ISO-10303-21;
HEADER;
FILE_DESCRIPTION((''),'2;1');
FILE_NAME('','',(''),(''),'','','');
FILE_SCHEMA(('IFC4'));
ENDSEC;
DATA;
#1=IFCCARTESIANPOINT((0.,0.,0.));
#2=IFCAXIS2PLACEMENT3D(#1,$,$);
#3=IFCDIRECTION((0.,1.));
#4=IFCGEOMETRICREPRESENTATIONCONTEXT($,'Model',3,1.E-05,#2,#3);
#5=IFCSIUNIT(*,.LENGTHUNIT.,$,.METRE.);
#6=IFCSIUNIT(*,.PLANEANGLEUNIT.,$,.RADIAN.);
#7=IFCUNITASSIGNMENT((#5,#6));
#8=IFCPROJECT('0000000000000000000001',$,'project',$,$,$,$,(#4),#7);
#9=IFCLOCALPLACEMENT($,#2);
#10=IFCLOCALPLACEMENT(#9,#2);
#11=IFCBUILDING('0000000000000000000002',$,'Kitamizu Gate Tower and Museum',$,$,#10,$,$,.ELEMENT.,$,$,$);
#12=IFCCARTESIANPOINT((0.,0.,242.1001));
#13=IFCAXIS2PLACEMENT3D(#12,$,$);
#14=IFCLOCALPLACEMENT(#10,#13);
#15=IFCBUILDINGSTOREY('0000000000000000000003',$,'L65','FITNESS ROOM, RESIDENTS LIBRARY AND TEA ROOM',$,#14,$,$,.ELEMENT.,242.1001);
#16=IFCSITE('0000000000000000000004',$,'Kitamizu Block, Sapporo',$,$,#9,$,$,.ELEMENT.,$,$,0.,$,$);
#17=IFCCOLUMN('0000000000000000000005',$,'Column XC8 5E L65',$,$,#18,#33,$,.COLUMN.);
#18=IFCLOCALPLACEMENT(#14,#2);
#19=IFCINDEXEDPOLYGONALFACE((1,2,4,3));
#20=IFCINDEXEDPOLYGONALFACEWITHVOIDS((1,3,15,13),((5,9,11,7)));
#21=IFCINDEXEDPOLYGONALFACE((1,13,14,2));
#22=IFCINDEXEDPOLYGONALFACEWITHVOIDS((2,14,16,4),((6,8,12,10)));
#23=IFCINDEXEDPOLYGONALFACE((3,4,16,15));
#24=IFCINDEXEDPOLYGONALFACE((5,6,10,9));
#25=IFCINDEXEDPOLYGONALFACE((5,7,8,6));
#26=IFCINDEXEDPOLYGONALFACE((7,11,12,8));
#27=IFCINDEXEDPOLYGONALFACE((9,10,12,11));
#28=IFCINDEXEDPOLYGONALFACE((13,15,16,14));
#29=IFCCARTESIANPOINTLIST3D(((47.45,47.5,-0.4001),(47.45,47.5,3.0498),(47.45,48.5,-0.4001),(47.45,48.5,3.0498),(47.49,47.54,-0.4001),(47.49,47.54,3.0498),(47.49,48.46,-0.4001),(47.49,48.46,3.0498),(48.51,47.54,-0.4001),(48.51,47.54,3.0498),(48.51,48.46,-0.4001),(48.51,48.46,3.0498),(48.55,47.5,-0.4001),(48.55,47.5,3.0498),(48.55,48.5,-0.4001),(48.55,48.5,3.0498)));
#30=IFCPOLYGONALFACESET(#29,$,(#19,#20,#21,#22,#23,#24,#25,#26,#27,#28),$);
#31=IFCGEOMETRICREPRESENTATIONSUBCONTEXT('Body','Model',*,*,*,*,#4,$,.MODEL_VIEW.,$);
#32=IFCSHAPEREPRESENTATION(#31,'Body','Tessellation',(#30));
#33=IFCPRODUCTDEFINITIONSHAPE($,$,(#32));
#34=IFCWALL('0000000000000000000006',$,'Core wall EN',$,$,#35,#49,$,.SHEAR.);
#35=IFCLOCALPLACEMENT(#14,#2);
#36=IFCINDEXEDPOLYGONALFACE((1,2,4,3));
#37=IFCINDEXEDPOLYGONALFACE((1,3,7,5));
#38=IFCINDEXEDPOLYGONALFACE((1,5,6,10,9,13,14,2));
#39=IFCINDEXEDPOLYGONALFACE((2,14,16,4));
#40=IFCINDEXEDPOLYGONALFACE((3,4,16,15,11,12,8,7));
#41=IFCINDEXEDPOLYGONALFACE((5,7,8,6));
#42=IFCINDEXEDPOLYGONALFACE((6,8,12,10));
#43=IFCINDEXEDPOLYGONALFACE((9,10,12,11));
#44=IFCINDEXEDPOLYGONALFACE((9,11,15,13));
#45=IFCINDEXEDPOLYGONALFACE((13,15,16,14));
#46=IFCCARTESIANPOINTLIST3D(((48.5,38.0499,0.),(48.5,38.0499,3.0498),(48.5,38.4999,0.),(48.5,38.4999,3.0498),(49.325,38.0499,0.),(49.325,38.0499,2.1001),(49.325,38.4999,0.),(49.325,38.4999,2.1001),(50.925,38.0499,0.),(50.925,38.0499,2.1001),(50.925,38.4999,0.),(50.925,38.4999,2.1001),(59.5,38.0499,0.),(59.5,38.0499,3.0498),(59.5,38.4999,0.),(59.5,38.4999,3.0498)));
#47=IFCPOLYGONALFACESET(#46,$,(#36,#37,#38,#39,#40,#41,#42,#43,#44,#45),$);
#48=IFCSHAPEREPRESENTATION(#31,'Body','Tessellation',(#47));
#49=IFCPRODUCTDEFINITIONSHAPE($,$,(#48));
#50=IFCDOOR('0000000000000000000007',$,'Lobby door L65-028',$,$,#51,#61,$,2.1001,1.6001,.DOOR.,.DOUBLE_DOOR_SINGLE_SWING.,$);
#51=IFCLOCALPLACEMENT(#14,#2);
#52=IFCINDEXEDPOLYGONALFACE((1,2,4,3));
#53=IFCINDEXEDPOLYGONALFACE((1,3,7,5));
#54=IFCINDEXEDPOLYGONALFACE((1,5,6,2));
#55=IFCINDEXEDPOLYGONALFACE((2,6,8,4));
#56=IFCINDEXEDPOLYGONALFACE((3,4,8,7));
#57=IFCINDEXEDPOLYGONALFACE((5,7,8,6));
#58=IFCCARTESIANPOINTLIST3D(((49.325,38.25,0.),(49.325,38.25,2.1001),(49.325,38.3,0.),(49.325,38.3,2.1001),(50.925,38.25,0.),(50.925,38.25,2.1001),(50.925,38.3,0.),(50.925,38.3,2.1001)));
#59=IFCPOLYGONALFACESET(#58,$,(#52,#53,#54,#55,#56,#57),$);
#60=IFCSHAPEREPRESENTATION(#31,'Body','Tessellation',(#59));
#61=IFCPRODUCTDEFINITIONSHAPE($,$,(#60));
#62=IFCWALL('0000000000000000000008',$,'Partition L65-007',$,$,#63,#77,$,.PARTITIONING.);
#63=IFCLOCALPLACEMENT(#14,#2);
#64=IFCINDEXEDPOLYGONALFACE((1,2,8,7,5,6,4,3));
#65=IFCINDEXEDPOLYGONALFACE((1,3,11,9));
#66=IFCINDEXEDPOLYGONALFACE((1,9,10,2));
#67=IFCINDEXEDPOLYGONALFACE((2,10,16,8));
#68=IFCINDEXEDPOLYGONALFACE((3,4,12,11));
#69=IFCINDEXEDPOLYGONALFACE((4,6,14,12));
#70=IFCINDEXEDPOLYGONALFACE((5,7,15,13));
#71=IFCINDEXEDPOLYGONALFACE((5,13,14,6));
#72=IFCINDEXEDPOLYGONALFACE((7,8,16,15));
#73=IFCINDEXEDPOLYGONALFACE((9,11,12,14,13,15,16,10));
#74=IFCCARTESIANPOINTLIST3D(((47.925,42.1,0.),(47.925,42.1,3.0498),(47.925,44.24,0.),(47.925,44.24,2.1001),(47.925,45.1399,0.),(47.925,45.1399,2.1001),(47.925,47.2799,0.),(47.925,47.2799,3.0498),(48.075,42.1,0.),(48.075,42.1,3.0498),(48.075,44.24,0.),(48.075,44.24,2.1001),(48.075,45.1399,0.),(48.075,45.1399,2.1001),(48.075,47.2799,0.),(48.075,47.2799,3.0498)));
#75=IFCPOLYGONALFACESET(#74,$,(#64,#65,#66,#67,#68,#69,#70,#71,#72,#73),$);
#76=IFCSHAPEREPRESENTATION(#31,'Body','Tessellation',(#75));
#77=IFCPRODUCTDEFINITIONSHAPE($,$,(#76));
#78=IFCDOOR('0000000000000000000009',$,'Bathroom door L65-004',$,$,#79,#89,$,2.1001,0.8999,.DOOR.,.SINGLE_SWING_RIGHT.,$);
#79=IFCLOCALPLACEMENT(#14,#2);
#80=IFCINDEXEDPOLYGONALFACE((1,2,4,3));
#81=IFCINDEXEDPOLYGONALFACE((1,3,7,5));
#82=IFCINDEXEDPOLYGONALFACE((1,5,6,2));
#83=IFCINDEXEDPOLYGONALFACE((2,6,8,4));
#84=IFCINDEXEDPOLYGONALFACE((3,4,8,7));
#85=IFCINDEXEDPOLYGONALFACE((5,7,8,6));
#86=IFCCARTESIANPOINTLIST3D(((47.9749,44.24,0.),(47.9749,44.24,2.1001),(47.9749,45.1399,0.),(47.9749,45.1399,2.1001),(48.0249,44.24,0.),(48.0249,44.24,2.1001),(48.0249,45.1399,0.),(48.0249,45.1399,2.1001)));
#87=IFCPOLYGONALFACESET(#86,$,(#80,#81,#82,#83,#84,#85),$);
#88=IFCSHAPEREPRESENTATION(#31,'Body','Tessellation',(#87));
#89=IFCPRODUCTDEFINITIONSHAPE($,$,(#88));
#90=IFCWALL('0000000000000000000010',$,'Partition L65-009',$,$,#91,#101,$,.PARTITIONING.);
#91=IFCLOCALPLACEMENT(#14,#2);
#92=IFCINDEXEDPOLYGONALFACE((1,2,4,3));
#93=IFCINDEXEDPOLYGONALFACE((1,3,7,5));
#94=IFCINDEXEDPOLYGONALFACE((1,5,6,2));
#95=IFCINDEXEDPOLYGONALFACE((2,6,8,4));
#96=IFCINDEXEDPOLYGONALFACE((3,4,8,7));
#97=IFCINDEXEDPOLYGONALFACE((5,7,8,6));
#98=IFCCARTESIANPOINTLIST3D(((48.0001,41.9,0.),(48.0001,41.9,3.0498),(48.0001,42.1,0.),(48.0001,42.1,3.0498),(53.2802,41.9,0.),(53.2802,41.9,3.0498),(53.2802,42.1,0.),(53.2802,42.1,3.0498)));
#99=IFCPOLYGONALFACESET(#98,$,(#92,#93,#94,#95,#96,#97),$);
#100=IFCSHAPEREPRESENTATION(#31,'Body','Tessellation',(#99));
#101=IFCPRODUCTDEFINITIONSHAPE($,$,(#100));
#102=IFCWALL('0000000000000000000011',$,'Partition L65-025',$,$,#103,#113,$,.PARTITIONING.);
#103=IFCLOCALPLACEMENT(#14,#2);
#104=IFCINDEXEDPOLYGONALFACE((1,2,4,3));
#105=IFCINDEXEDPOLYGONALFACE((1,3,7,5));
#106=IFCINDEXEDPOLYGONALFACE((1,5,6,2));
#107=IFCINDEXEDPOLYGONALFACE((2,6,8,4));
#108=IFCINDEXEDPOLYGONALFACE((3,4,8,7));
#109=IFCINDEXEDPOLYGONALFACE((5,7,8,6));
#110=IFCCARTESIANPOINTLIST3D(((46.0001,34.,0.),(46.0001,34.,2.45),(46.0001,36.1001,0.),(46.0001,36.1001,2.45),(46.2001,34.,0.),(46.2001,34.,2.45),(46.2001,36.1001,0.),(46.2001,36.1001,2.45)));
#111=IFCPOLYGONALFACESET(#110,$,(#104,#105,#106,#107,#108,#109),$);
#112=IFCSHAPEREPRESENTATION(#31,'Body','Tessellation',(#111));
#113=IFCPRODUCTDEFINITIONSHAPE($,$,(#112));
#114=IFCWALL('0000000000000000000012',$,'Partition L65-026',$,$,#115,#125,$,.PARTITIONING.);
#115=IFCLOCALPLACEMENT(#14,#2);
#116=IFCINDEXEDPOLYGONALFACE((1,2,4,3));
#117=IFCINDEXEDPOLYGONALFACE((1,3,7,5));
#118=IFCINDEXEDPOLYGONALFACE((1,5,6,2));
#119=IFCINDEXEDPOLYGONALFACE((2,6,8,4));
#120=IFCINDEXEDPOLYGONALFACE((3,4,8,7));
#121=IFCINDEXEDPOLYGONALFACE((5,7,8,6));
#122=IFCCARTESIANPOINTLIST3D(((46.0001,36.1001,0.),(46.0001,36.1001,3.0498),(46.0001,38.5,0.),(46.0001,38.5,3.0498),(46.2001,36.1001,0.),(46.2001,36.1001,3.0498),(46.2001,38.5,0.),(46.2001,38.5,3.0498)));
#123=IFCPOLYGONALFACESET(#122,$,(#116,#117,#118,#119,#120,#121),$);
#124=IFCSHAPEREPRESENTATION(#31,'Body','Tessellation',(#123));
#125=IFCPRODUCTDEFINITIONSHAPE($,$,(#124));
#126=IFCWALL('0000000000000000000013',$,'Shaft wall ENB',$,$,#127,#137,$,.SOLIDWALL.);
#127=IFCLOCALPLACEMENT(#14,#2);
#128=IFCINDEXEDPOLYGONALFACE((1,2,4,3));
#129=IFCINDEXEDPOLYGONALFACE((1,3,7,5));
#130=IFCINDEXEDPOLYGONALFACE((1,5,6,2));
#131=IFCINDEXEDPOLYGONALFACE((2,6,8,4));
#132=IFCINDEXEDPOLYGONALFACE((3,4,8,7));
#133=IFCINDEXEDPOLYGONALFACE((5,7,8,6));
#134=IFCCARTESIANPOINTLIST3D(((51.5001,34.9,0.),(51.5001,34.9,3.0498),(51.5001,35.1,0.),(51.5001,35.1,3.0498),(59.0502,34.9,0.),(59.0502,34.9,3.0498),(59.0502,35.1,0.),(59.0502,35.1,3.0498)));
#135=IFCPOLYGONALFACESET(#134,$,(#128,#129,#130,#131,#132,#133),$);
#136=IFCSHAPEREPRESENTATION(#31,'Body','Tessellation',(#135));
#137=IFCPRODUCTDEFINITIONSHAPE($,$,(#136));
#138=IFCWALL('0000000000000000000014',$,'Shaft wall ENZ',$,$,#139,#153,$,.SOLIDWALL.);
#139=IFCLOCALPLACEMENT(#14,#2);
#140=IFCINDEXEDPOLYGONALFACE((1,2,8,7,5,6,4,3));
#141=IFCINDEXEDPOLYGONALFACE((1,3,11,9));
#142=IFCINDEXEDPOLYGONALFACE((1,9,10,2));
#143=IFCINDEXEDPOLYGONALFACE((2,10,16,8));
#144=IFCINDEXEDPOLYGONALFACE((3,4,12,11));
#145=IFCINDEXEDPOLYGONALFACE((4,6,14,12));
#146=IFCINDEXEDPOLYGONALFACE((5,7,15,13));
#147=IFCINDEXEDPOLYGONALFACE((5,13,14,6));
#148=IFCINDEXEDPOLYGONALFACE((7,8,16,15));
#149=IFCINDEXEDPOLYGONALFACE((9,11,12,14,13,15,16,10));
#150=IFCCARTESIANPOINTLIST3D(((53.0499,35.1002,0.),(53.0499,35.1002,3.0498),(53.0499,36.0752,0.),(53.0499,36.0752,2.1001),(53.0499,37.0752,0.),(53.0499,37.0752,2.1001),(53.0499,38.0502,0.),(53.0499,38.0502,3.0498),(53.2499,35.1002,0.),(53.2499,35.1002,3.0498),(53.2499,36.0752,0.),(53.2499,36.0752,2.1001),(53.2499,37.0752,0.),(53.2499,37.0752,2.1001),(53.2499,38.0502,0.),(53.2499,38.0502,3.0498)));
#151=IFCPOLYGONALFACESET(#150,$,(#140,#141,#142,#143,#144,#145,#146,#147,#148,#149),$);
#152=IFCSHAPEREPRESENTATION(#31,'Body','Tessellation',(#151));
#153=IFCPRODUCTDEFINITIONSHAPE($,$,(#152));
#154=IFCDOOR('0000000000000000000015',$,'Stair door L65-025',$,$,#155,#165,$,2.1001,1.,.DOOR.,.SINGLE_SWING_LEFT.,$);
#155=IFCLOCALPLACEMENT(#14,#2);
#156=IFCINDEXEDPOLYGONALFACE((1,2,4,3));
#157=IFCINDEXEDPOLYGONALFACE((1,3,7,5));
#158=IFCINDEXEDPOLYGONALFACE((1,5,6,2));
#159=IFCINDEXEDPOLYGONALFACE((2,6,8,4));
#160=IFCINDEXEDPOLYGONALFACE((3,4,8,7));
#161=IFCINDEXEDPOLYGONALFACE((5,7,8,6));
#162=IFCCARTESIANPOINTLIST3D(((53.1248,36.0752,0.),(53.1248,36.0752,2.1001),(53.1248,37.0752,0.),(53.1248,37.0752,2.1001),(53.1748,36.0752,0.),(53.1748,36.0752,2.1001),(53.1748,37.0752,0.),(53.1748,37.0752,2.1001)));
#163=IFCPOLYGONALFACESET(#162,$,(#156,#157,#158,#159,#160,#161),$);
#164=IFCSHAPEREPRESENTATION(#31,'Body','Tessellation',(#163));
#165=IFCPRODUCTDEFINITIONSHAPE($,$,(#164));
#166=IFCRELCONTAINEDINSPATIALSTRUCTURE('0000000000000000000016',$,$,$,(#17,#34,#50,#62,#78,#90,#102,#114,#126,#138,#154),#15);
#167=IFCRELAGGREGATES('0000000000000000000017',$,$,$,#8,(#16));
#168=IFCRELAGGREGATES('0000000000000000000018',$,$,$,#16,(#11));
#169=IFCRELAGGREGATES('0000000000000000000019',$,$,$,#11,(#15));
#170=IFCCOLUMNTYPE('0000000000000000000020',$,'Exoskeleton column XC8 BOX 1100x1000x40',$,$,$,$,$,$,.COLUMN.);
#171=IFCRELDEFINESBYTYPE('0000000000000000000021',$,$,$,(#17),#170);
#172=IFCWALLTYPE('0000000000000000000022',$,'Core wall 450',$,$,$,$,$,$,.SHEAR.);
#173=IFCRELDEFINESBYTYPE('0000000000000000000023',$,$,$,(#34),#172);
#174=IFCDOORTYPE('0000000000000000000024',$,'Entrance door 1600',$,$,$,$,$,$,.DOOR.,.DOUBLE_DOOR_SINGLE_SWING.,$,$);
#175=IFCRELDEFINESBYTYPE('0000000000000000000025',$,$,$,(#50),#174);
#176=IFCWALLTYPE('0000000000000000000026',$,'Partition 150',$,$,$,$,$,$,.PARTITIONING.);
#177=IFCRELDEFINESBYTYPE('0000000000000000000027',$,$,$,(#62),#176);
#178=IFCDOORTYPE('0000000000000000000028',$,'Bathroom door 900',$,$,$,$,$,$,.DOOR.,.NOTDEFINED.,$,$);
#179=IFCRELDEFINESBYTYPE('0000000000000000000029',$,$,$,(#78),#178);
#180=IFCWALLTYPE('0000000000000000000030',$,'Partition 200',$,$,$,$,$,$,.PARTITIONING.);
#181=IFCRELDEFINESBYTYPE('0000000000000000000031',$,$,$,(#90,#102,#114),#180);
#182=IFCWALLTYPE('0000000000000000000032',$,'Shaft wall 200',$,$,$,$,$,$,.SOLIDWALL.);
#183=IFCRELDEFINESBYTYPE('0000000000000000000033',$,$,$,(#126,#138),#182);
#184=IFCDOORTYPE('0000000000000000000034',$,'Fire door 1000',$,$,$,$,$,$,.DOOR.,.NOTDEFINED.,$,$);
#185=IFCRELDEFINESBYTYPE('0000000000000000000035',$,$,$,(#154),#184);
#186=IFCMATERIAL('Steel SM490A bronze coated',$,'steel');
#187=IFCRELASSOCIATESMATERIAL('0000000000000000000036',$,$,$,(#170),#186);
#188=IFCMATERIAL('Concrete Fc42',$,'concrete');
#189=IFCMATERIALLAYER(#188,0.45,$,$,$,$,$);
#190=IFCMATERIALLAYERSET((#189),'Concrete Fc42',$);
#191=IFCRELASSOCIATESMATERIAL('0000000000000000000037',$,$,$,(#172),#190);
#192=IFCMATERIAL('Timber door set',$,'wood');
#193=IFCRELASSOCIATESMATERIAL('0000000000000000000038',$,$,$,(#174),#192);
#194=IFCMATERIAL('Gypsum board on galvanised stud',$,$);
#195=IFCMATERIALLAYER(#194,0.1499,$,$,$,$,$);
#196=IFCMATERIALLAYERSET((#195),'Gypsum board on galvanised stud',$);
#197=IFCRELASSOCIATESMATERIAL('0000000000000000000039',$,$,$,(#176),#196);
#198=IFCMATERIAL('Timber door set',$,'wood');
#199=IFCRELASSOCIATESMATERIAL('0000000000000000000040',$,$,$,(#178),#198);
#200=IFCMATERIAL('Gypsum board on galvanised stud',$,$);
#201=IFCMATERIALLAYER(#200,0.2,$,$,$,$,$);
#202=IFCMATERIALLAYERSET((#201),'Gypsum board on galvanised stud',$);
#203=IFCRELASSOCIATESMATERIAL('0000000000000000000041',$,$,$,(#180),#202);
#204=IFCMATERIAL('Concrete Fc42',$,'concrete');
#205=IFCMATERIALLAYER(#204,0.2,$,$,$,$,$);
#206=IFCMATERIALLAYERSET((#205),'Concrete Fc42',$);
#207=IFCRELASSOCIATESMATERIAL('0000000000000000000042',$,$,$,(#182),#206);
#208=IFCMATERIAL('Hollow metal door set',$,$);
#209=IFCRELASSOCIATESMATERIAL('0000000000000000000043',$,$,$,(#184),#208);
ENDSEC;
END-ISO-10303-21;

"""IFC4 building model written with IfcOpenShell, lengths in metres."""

from ifc_helpers import new_model, si_unit, direction, frame, frame_2d, origin, origin_2d, place, context, subcontext, project, spatial, rectangle, hollow_rectangle, extrude, material, layer, layer_set, material_profile, profile_set, type_object, element, fill, save


model = new_model("IFC4")

# Units and contexts
model_context = context("Model", 3, precision=1e-05, world=origin(), true_north=direction((0.0, 1.0)))
body_context = subcontext(model_context, "Body", "Model", "MODEL_VIEW")
ifc_project = project(units=[si_unit("LENGTHUNIT", "METRE"), si_unit("PLANEANGLEUNIT", "RADIAN")], contexts=[model_context])

# Site, building, storey
site_placement = place(None, origin())
site = spatial("IfcSite", under=ifc_project, at=site_placement, Name="Kitamizu Block, Sapporo", CompositionType="ELEMENT", RefElevation=0.0)
building_placement = place(site_placement, origin())
building = spatial("IfcBuilding", under=site, at=building_placement, Name="Kitamizu Gate Tower and Museum", CompositionType="ELEMENT")
storey_placement = place(building_placement, frame((0.0, 0.0, 242.1001)))
storey = spatial("IfcBuildingStorey", under=building, at=storey_placement, Name="L65", Description="FITNESS ROOM, RESIDENTS LIBRARY AND TEA ROOM", CompositionType="ELEMENT", Elevation=242.1001)

# Column
ifc_material_1 = material(Name="Steel SM490A bronze coated", Category="steel")
ifc_material_profile = material_profile(ifc_material_1, hollow_rectangle(XDim=1.1001, YDim=1.0, WallThickness=0.04, at=origin_2d()), Name="BOX 1100x1000x40")
ifc_profile_set = profile_set([ifc_material_profile], Name="Steel SM490A bronze coated")
column_type = type_object("IfcColumnType", Name="Exoskeleton column XC8 BOX 1100x1000x40", PredefinedType="COLUMN", material=ifc_profile_set)
column_placement = place(storey_placement, frame((48.0, 48.0, -0.4001), z_axis=(0.0, 0.0, 1.0), x_axis=(1.0, 0.0, 0.0)))
element("IfcColumn", 1, at=column_placement, inside=storey, type_object=column_type, Name="Column XC8 5E L65", PredefinedType="COLUMN", context=body_context, shape_type="SweptSolid", body=[
    extrude(hollow_rectangle(XDim=1.1001, YDim=1.0, WallThickness=0.04, at=origin_2d()), origin(), (0.0, 0.0, 1.0), 3.45),
])

# Walls, openings, doors
ifc_material_2 = material(Name="Concrete Fc42", Category="concrete")
ifc_layer_1 = layer(ifc_material_2, 0.45)
ifc_layer_set_1 = layer_set([ifc_layer_1], Name="Concrete Fc42")
wall_type_1 = type_object("IfcWallType", Name="Core wall 450", PredefinedType="SHEAR", material=ifc_layer_set_1)
wall_1_placement = place(storey_placement, frame((59.5, 38.2749, 0.0), z_axis=(0.0, 0.0, 1.0), x_axis=(-1.0, 0.0, 0.0)))
wall_1 = element("IfcWall", 2, at=wall_1_placement, inside=storey, type_object=wall_type_1, Name="Core wall EN", PredefinedType="SHEAR", context=body_context, shape_type="SweptSolid", body=[
    extrude(rectangle(XDim=11.0, YDim=0.45, at=frame_2d((5.5, 0.0))), origin(), (0.0, 0.0, 1.0), 3.0498),
])
opening_1_placement = place(wall_1_placement, frame((8.575, 0.0, 0.0)))
opening_1 = element("IfcOpeningElement", 3, at=opening_1_placement, cuts=wall_1, PredefinedType="OPENING", context=body_context, shape_type="SweptSolid", body=[
    extrude(rectangle(XDim=1.6001, YDim=2.1001, at=frame_2d((0.8, 1.05))), frame((0.0, 0.2349, 0.0), z_axis=(0.0, -1.0, 0.0), x_axis=(1.0, 0.0, 0.0)), (0.0, 0.0, 1.0), 0.47),
])
ifc_material_3 = material(Name="Timber door set", Category="wood")
door_type_1 = type_object("IfcDoorType", Name="Entrance door 1600", OperationType="DOUBLE_DOOR_SINGLE_SWING", PredefinedType="DOOR", material=ifc_material_3)
door_1_placement = place(opening_1_placement, origin())
door_1 = element("IfcDoor", 4, at=door_1_placement, inside=storey, type_object=door_type_1, Name="Lobby door L65-028", OperationType="DOUBLE_DOOR_SINGLE_SWING", OverallHeight=2.1001, OverallWidth=1.6001, PredefinedType="DOOR", context=body_context, shape_type="SweptSolid", body=[
    extrude(rectangle(XDim=1.6001, YDim=2.1001, at=frame_2d((0.8, 1.05))), frame((0.0, 0.0249, 0.0), z_axis=(0.0, -1.0, 0.0), x_axis=(1.0, 0.0, 0.0)), (0.0, 0.0, 1.0), 0.05),
])
fill(opening_1, door_1)
ifc_material_4 = material(Name="Gypsum board on galvanised stud")
ifc_layer_2 = layer(ifc_material_4, 0.1499)
ifc_layer_set_2 = layer_set([ifc_layer_2], Name="Gypsum board on galvanised stud")
wall_type_2 = type_object("IfcWallType", Name="Partition 150", PredefinedType="PARTITIONING", material=ifc_layer_set_2)
wall_2_placement = place(storey_placement, frame((48.0, 42.1001, 0.0), z_axis=(0.0, 0.0, 1.0), x_axis=(0.0, 1.0, 0.0)))
wall_2 = element("IfcWall", 5, at=wall_2_placement, inside=storey, type_object=wall_type_2, Name="Partition L65-007", PredefinedType="PARTITIONING", context=body_context, shape_type="SweptSolid", body=[
    extrude(rectangle(XDim=5.1799, YDim=0.1499, at=frame_2d((2.5898, 0.0))), origin(), (0.0, 0.0, 1.0), 3.0498),
])
opening_2_placement = place(wall_2_placement, frame((2.1399, 0.0, 0.0)))
opening_2 = element("IfcOpeningElement", 6, at=opening_2_placement, cuts=wall_2, PredefinedType="OPENING", context=body_context, shape_type="SweptSolid", body=[
    extrude(rectangle(XDim=0.8999, YDim=2.1001, at=frame_2d((0.45, 1.05))), frame((0.0, 0.085, 0.0), z_axis=(0.0, -1.0, 0.0), x_axis=(1.0, 0.0, 0.0)), (0.0, 0.0, 1.0), 0.1699),
])
ifc_material_5 = material(Name="Timber door set", Category="wood")
door_type_2 = type_object("IfcDoorType", Name="Bathroom door 900", OperationType="NOTDEFINED", PredefinedType="DOOR", material=ifc_material_5)
door_2_placement = place(opening_2_placement, frame((0.8999, 0.0, 0.0), x_axis=(-1.0, 0.0, 0.0)))
door_2 = element("IfcDoor", 7, at=door_2_placement, inside=storey, type_object=door_type_2, Name="Bathroom door L65-004", OperationType="SINGLE_SWING_RIGHT", OverallHeight=2.1001, OverallWidth=0.8999, PredefinedType="DOOR", context=body_context, shape_type="SweptSolid", body=[
    extrude(rectangle(XDim=0.8999, YDim=2.1001, at=frame_2d((0.45, 1.05))), frame((0.0, 0.0249, 0.0), z_axis=(0.0, -1.0, 0.0), x_axis=(1.0, 0.0, 0.0)), (0.0, 0.0, 1.0), 0.05),
])
fill(opening_2, door_2)

# Walls
ifc_material_6 = material(Name="Gypsum board on galvanised stud")
ifc_layer_3 = layer(ifc_material_6, 0.2)
ifc_layer_set_3 = layer_set([ifc_layer_3], Name="Gypsum board on galvanised stud")
wall_type_3 = type_object("IfcWallType", Name="Partition 200", PredefinedType="PARTITIONING", material=ifc_layer_set_3)
wall_3_placement = place(storey_placement, frame((48.0, 42.0, 0.0), z_axis=(0.0, 0.0, 1.0), x_axis=(1.0, 0.0, 0.0)))
element("IfcWall", 8, at=wall_3_placement, inside=storey, type_object=wall_type_3, Name="Partition L65-009", PredefinedType="PARTITIONING", context=body_context, shape_type="SweptSolid", body=[
    extrude(rectangle(XDim=5.28, YDim=0.2, at=frame_2d((2.6401, 0.0))), origin(), (0.0, 0.0, 1.0), 3.0498),
])
wall_4_placement = place(storey_placement, frame((46.1001, 34.0, 0.0), z_axis=(0.0, 0.0, 1.0), x_axis=(0.0, 1.0, 0.0)))
element("IfcWall", 9, at=wall_4_placement, inside=storey, type_object=wall_type_3, Name="Partition L65-025", PredefinedType="PARTITIONING", context=body_context, shape_type="SweptSolid", body=[
    extrude(rectangle(XDim=2.1001, YDim=0.2, at=frame_2d((1.05, 0.0))), origin(), (0.0, 0.0, 1.0), 2.45),
])
wall_5_placement = place(storey_placement, frame((46.1001, 36.1001, 0.0), z_axis=(0.0, 0.0, 1.0), x_axis=(0.0, 1.0, 0.0)))
element("IfcWall", 10, at=wall_5_placement, inside=storey, type_object=wall_type_3, Name="Partition L65-026", PredefinedType="PARTITIONING", context=body_context, shape_type="SweptSolid", body=[
    extrude(rectangle(XDim=2.3999, YDim=0.2, at=frame_2d((1.2, 0.0))), origin(), (0.0, 0.0, 1.0), 3.0498),
])
ifc_material_7 = material(Name="Concrete Fc42", Category="concrete")
ifc_layer_4 = layer(ifc_material_7, 0.2)
ifc_layer_set_4 = layer_set([ifc_layer_4], Name="Concrete Fc42")
wall_type_4 = type_object("IfcWallType", Name="Shaft wall 200", PredefinedType="SOLIDWALL", material=ifc_layer_set_4)
wall_6_placement = place(storey_placement, frame((59.05, 35.0, 0.0), z_axis=(0.0, 0.0, 1.0), x_axis=(-1.0, 0.0, 0.0)))
element("IfcWall", 11, at=wall_6_placement, inside=storey, type_object=wall_type_4, Name="Shaft wall ENB", PredefinedType="SOLIDWALL", context=body_context, shape_type="SweptSolid", body=[
    extrude(rectangle(XDim=7.55, YDim=0.2, at=frame_2d((3.7749, 0.0))), origin(), (0.0, 0.0, 1.0), 3.0498),
])

# Wall, opening, door
wall_7_placement = place(storey_placement, frame((53.1499, 35.1001, 0.0), z_axis=(0.0, 0.0, 1.0), x_axis=(0.0, 1.0, 0.0)))
wall_7 = element("IfcWall", 12, at=wall_7_placement, inside=storey, type_object=wall_type_4, Name="Shaft wall ENZ", PredefinedType="SOLIDWALL", context=body_context, shape_type="SweptSolid", body=[
    extrude(rectangle(XDim=2.95, YDim=0.2, at=frame_2d((1.4751, 0.0))), origin(), (0.0, 0.0, 1.0), 3.0498),
])
opening_3_placement = place(wall_7_placement, frame((0.9751, 0.0, 0.0)))
opening_3 = element("IfcOpeningElement", 13, at=opening_3_placement, cuts=wall_7, PredefinedType="OPENING", context=body_context, shape_type="SweptSolid", body=[
    extrude(rectangle(XDim=1.0, YDim=2.1001, at=frame_2d((0.5, 1.05))), frame((0.0, 0.1099, 0.0), z_axis=(0.0, -1.0, 0.0), x_axis=(1.0, 0.0, 0.0)), (0.0, 0.0, 1.0), 0.22),
])
ifc_material_8 = material(Name="Hollow metal door set")
door_type_3 = type_object("IfcDoorType", Name="Fire door 1000", OperationType="NOTDEFINED", PredefinedType="DOOR", material=ifc_material_8)
door_3_placement = place(opening_3_placement, frame((1.0, 0.0, 0.0), x_axis=(-1.0, 0.0, 0.0)))
door_3 = element("IfcDoor", 14, at=door_3_placement, inside=storey, type_object=door_type_3, Name="Stair door L65-025", OperationType="SINGLE_SWING_LEFT", OverallHeight=2.1001, OverallWidth=1.0, PredefinedType="DOOR", context=body_context, shape_type="SweptSolid", body=[
    extrude(rectangle(XDim=1.0, YDim=2.1001, at=frame_2d((0.5, 1.05))), frame((0.0, 0.0249, 0.0), z_axis=(0.0, -1.0, 0.0), x_axis=(1.0, 0.0, 0.0)), (0.0, 0.0, 1.0), 0.05),
])
fill(opening_3, door_3)

save(model, "model.ifc")
